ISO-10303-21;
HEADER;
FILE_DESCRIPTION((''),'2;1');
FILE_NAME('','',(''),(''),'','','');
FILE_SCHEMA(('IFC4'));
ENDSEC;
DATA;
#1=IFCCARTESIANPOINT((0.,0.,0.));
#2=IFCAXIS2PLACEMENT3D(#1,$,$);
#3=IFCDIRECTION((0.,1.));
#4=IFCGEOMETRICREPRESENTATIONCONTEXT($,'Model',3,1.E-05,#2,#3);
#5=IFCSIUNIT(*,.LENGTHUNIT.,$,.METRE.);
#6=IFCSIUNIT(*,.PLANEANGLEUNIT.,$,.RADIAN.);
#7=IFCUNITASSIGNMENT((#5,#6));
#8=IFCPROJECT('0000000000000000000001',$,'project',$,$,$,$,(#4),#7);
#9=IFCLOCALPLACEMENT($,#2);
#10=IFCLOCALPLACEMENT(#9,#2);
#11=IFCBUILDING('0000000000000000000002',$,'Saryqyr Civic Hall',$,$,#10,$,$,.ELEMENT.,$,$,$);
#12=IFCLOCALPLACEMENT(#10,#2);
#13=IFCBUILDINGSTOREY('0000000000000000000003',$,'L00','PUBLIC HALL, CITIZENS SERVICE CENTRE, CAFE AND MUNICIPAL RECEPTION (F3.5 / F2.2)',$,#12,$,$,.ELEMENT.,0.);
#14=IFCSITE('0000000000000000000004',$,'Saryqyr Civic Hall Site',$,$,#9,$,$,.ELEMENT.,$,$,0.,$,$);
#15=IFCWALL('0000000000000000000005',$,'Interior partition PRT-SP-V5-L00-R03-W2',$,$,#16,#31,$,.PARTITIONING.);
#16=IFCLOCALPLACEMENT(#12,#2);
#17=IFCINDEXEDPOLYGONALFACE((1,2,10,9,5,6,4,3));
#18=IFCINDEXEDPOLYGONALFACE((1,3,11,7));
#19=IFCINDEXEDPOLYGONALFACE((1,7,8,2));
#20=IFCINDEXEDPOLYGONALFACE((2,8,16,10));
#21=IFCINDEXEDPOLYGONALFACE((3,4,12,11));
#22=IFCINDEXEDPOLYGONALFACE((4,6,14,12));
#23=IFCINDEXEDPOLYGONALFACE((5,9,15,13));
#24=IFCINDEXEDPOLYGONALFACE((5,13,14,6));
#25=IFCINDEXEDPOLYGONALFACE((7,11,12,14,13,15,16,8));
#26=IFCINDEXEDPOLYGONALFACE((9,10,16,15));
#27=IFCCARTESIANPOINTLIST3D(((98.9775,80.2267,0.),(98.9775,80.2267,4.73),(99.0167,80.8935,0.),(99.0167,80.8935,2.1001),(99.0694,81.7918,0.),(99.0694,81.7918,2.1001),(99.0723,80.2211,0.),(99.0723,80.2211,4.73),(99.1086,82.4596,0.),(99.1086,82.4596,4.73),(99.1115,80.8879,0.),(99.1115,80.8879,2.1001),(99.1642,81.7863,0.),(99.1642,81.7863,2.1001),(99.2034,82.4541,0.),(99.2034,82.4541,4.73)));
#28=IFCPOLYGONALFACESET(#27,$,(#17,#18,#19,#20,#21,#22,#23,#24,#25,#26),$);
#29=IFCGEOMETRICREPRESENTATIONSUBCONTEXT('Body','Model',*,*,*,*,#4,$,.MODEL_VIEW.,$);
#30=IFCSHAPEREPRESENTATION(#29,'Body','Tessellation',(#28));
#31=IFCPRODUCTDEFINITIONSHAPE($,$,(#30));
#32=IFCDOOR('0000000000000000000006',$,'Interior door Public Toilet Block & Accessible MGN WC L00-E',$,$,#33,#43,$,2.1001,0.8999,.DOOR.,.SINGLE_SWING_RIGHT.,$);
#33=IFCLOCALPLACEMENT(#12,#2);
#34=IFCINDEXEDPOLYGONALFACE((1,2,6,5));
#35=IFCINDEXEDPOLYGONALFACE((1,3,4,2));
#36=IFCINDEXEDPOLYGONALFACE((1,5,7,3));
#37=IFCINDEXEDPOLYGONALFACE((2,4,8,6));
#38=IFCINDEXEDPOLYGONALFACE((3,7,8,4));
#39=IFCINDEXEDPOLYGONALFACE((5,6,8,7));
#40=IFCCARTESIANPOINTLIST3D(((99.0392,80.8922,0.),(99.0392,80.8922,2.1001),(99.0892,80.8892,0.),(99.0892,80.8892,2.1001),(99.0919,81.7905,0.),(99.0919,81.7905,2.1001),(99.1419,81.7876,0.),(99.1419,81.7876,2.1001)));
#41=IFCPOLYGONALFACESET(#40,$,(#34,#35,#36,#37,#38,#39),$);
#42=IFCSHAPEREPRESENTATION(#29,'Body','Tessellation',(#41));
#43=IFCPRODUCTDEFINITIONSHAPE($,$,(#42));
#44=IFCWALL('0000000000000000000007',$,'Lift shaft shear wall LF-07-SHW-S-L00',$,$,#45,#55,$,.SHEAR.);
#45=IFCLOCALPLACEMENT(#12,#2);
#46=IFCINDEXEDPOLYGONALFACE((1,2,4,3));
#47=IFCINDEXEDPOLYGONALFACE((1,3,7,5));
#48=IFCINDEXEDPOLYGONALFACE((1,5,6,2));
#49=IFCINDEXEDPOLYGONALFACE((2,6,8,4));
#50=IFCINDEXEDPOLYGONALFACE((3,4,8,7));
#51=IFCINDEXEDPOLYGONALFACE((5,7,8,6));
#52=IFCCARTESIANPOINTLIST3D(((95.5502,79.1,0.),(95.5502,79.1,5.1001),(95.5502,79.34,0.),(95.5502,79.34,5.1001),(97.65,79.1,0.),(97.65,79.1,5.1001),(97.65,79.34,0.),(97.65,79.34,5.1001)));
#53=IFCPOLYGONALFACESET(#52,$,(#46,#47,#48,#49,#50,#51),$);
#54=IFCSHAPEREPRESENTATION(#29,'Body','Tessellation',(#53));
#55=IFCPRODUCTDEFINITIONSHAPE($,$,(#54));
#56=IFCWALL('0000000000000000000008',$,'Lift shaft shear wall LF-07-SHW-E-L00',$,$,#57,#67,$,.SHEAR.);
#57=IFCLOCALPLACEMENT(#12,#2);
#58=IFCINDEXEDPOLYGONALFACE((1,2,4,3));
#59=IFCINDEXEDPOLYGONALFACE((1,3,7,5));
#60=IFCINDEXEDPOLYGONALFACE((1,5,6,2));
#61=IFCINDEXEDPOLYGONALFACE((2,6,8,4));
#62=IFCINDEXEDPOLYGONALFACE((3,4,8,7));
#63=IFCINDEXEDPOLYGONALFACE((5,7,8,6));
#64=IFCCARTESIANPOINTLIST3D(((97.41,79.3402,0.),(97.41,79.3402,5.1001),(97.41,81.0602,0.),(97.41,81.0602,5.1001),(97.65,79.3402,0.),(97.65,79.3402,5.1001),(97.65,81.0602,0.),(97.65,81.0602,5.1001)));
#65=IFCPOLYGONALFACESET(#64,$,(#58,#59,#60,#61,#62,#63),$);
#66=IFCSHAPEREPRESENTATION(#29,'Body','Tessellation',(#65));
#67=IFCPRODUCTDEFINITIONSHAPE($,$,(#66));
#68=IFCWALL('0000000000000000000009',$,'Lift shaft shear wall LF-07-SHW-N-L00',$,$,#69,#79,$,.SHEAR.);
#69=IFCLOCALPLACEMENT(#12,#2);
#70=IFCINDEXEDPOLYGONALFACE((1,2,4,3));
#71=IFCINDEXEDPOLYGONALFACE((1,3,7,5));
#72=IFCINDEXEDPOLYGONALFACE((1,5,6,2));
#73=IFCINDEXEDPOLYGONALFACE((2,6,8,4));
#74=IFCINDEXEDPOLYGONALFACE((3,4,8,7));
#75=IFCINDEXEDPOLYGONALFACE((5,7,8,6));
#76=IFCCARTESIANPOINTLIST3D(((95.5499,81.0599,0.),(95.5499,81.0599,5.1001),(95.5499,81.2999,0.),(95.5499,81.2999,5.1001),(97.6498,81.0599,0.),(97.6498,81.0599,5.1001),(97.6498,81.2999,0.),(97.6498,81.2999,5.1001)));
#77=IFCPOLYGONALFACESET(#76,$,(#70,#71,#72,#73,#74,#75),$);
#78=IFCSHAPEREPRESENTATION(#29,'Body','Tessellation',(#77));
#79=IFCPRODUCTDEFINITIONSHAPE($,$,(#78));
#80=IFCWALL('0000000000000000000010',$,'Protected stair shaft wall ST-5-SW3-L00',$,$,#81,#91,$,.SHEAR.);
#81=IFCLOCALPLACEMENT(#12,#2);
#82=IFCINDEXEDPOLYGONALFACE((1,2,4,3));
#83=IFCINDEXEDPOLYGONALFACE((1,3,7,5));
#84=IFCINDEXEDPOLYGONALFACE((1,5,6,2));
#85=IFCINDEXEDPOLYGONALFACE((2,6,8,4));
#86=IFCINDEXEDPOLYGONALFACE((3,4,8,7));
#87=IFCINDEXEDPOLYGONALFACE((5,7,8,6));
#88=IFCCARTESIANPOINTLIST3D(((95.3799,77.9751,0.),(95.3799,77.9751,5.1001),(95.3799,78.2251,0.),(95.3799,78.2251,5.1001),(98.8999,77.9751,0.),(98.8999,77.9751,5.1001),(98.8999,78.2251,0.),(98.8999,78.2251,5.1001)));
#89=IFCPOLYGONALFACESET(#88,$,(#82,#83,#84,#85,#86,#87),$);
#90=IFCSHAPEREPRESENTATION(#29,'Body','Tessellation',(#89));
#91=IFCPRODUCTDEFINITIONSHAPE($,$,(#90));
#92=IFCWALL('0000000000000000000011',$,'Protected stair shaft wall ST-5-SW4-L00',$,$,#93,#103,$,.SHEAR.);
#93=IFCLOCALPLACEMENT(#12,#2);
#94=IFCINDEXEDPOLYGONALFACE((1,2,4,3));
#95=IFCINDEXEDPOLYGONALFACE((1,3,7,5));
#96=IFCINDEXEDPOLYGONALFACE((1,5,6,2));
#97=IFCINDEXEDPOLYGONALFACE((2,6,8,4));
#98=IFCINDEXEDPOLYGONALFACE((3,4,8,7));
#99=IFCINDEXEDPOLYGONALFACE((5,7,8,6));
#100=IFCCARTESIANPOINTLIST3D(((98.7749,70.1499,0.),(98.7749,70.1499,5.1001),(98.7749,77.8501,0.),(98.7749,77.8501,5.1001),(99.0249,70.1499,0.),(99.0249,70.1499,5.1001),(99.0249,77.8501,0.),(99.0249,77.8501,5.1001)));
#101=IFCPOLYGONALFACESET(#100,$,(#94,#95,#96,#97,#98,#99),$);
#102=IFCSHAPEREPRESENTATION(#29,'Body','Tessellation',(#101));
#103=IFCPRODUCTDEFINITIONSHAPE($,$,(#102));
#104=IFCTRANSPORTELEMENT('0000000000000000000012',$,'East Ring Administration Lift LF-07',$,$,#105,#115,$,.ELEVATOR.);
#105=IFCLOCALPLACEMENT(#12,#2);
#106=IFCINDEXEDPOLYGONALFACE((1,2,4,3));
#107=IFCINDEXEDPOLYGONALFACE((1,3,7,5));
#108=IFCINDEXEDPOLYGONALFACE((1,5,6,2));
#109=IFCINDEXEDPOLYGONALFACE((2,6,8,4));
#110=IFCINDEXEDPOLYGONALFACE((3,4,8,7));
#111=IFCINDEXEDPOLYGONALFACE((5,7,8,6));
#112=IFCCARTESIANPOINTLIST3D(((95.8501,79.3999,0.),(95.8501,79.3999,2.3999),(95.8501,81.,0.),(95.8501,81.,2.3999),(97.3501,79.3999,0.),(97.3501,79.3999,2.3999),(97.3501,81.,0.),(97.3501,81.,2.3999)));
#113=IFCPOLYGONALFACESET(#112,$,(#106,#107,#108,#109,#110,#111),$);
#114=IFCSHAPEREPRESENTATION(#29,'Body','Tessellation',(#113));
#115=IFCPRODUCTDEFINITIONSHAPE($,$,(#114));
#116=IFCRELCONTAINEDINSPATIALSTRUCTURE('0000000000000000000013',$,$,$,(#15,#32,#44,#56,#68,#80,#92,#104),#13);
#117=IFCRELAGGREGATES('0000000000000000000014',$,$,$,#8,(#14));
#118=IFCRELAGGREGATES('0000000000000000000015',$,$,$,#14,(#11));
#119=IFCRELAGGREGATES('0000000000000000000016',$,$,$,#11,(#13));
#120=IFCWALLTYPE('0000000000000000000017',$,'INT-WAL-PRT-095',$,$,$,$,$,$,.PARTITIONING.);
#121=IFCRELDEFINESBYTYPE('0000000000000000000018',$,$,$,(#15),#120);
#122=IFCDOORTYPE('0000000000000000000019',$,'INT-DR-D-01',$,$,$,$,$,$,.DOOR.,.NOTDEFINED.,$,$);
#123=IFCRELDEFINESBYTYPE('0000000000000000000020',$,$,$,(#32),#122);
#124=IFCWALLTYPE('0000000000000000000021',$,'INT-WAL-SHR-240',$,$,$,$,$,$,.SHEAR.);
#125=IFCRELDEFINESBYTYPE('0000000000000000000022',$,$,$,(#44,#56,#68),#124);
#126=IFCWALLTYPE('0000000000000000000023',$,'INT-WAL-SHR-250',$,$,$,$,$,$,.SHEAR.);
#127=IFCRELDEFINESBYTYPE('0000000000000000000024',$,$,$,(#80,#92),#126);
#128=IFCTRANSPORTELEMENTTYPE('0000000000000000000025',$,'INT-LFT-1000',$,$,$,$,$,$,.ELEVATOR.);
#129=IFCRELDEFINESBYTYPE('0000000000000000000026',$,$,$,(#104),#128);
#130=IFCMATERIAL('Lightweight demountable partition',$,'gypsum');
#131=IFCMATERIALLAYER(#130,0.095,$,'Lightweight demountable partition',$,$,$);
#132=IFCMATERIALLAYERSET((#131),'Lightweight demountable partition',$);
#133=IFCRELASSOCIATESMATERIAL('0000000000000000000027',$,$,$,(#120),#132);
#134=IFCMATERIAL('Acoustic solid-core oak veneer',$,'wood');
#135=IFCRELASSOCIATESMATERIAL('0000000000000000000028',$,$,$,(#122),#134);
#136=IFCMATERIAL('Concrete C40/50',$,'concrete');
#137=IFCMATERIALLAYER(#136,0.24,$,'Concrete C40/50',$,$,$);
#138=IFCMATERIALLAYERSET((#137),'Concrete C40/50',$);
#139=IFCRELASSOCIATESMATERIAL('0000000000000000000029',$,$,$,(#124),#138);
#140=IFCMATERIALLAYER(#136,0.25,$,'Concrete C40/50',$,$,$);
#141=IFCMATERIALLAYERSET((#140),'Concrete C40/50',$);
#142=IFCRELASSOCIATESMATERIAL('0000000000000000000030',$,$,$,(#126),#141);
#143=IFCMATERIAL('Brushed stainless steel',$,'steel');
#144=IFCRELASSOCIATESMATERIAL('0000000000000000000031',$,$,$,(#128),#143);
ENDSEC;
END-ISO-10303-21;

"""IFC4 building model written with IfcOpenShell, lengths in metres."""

from ifc_helpers import new_model, si_unit, direction, frame, frame_2d, origin, origin_2d, place, context, subcontext, project, spatial, rectangle, extrude, material, layer, layer_set, type_object, element, fill, save


model = new_model("IFC4")

# Units and contexts
model_context = context("Model", 3, precision=1e-05, world=origin(), true_north=direction((0.0, 1.0)))
body_context = subcontext(model_context, "Body", "Model", "MODEL_VIEW")
ifc_project = project(units=[si_unit("LENGTHUNIT", "METRE"), si_unit("PLANEANGLEUNIT", "RADIAN")], contexts=[model_context])

# Site, building, storey
site_placement = place(None, origin())
site = spatial("IfcSite", under=ifc_project, at=site_placement, Name="Saryqyr Civic Hall Site", CompositionType="ELEMENT", RefElevation=0.0)
building_placement = place(site_placement, origin())
building = spatial("IfcBuilding", under=site, at=building_placement, Name="Saryqyr Civic Hall", CompositionType="ELEMENT")
storey_placement = place(building_placement, origin())
storey = spatial("IfcBuildingStorey", under=building, at=storey_placement, Name="L00", Description="PUBLIC HALL, CITIZENS SERVICE CENTRE, CAFE AND MUNICIPAL RECEPTION (F3.5 / F2.2)", CompositionType="ELEMENT", Elevation=0.0)

# Shared definitions
ifc_material_1 = material(Name="Concrete C40/50", Category="concrete")

# Shared definitions
ifc_material_2 = material(Name="Lightweight demountable partition", Category="gypsum")
ifc_layer_1 = layer(ifc_material_2, 0.095, Name="Lightweight demountable partition")
ifc_layer_set_1 = layer_set([ifc_layer_1], Name="Lightweight demountable partition")
wall_type_1 = type_object("IfcWallType", Name="INT-WAL-PRT-095", PredefinedType="PARTITIONING", material=ifc_layer_set_1)

# Wall, opening, door
wall_1_placement = place(storey_placement, frame((99.0249, 80.2239, 0.0), z_axis=(0.0, 0.0, 1.0), x_axis=(0.058613, 0.998281, 0.0)))
wall_1 = element("IfcWall", 1, at=wall_1_placement, inside=storey, type_object=wall_type_1, Name="Interior partition PRT-SP-V5-L00-R03-W2", PredefinedType="PARTITIONING", context=body_context, shape_type="SweptSolid", body=[
    extrude(rectangle(XDim=2.2368, YDim=0.095, at=frame_2d((1.1184, 0.0))), origin(), (0.0, 0.0, 1.0), 4.73),
])
opening_1_placement = place(wall_1_placement, frame((0.668, 0.0, 0.0)))
opening_1 = element("IfcOpeningElement", 2, at=opening_1_placement, cuts=wall_1, PredefinedType="OPENING", context=body_context, shape_type="SweptSolid", body=[
    extrude(rectangle(XDim=0.8999, YDim=2.1001, at=frame_2d((0.45, 1.05))), frame((0.0, 0.0574, 0.0), z_axis=(0.0, -1.0, 0.0), x_axis=(1.0, 0.0, 0.0)), (0.0, 0.0, 1.0), 0.115),
])
ifc_material_3 = material(Name="Acoustic solid-core oak veneer", Category="wood")
door_type_1 = type_object("IfcDoorType", Name="INT-DR-D-01", OperationType="NOTDEFINED", PredefinedType="DOOR", material=ifc_material_3)
door_1_placement = place(opening_1_placement, origin())
door_1 = element("IfcDoor", 3, at=door_1_placement, inside=storey, type_object=door_type_1, Name="Interior door Public Toilet Block & Accessible MGN WC L00-E", OperationType="SINGLE_SWING_RIGHT", OverallHeight=2.1001, OverallWidth=0.8999, PredefinedType="DOOR", context=body_context, shape_type="SweptSolid", body=[
    extrude(rectangle(XDim=0.8999, YDim=2.1001, at=frame_2d((0.45, 1.05))), frame((0.0, 0.0249, 0.0), z_axis=(0.0, -1.0, 0.0), x_axis=(1.0, 0.0, 0.0)), (0.0, 0.0, 1.0), 0.05),
])
fill(opening_1, door_1)

# Walls
ifc_layer_2 = layer(ifc_material_1, 0.24, Name="Concrete C40/50")
ifc_layer_set_2 = layer_set([ifc_layer_2], Name="Concrete C40/50")
wall_type_2 = type_object("IfcWallType", Name="INT-WAL-SHR-240", PredefinedType="SHEAR", material=ifc_layer_set_2)
wall_2_placement = place(storey_placement, frame((97.6499, 79.22, 0.0), z_axis=(0.0, 0.0, 1.0), x_axis=(-1.0, 0.0, 0.0)))
element("IfcWall", 4, at=wall_2_placement, inside=storey, type_object=wall_type_2, Name="Lift shaft shear wall LF-07-SHW-S-L00", PredefinedType="SHEAR", context=body_context, shape_type="SweptSolid", body=[
    extrude(rectangle(XDim=2.0999, YDim=0.24, at=frame_2d((1.0498, 0.0))), origin(), (0.0, 0.0, 1.0), 5.1001),
])
wall_3_placement = place(storey_placement, frame((97.53, 81.0601, 0.0), z_axis=(0.0, 0.0, 1.0), x_axis=(0.0, -1.0, 0.0)))
element("IfcWall", 5, at=wall_3_placement, inside=storey, type_object=wall_type_2, Name="Lift shaft shear wall LF-07-SHW-E-L00", PredefinedType="SHEAR", context=body_context, shape_type="SweptSolid", body=[
    extrude(rectangle(XDim=1.72, YDim=0.24, at=frame_2d((0.8599, 0.0))), origin(), (0.0, 0.0, 1.0), 5.1001),
])
wall_4_placement = place(storey_placement, frame((95.55, 81.1799, 0.0), z_axis=(0.0, 0.0, 1.0), x_axis=(1.0, 0.0, 0.0)))
element("IfcWall", 6, at=wall_4_placement, inside=storey, type_object=wall_type_2, Name="Lift shaft shear wall LF-07-SHW-N-L00", PredefinedType="SHEAR", context=body_context, shape_type="SweptSolid", body=[
    extrude(rectangle(XDim=2.0999, YDim=0.24, at=frame_2d((1.0498, 0.0))), origin(), (0.0, 0.0, 1.0), 5.1001),
])

# Shared definitions
ifc_material_4 = material(Name="Brushed stainless steel", Category="steel")

# Walls
ifc_layer_3 = layer(ifc_material_1, 0.25, Name="Concrete C40/50")
ifc_layer_set_3 = layer_set([ifc_layer_3], Name="Concrete C40/50")
wall_type_3 = type_object("IfcWallType", Name="INT-WAL-SHR-250", PredefinedType="SHEAR", material=ifc_layer_set_3)
wall_5_placement = place(storey_placement, frame((95.3799, 78.1001, 0.0), z_axis=(0.0, 0.0, 1.0), x_axis=(1.0, 0.0, 0.0)))
element("IfcWall", 7, at=wall_5_placement, inside=storey, type_object=wall_type_3, Name="Protected stair shaft wall ST-5-SW3-L00", PredefinedType="SHEAR", context=body_context, shape_type="SweptSolid", body=[
    extrude(rectangle(XDim=3.52, YDim=0.25, at=frame_2d((1.76, 0.0))), origin(), (0.0, 0.0, 1.0), 5.1001),
])
wall_6_placement = place(storey_placement, frame((98.8999, 77.8501, 0.0), z_axis=(0.0, 0.0, 1.0), x_axis=(0.0, -1.0, 0.0)))
element("IfcWall", 8, at=wall_6_placement, inside=storey, type_object=wall_type_3, Name="Protected stair shaft wall ST-5-SW4-L00", PredefinedType="SHEAR", context=body_context, shape_type="SweptSolid", body=[
    extrude(rectangle(XDim=7.7002, YDim=0.25, at=frame_2d((3.8501, 0.0))), origin(), (0.0, 0.0, 1.0), 5.1001),
])

# Transport element
transport_element_type = type_object("IfcTransportElementType", Name="INT-LFT-1000", PredefinedType="ELEVATOR", material=ifc_material_4)
transport_element_placement = place(storey_placement, frame((96.6001, 80.2, 0.0), z_axis=(0.0, 0.0, 1.0), x_axis=(1.0, 0.0, 0.0)))
element("IfcTransportElement", 9, at=transport_element_placement, inside=storey, type_object=transport_element_type, Name="East Ring Administration Lift LF-07", PredefinedType="ELEVATOR", context=body_context, shape_type="SweptSolid", body=[
    extrude(rectangle(XDim=1.5, YDim=1.6001, at=origin_2d()), origin(), (0.0, 0.0, 1.0), 2.3999),
])

save(model, "model.ifc")
